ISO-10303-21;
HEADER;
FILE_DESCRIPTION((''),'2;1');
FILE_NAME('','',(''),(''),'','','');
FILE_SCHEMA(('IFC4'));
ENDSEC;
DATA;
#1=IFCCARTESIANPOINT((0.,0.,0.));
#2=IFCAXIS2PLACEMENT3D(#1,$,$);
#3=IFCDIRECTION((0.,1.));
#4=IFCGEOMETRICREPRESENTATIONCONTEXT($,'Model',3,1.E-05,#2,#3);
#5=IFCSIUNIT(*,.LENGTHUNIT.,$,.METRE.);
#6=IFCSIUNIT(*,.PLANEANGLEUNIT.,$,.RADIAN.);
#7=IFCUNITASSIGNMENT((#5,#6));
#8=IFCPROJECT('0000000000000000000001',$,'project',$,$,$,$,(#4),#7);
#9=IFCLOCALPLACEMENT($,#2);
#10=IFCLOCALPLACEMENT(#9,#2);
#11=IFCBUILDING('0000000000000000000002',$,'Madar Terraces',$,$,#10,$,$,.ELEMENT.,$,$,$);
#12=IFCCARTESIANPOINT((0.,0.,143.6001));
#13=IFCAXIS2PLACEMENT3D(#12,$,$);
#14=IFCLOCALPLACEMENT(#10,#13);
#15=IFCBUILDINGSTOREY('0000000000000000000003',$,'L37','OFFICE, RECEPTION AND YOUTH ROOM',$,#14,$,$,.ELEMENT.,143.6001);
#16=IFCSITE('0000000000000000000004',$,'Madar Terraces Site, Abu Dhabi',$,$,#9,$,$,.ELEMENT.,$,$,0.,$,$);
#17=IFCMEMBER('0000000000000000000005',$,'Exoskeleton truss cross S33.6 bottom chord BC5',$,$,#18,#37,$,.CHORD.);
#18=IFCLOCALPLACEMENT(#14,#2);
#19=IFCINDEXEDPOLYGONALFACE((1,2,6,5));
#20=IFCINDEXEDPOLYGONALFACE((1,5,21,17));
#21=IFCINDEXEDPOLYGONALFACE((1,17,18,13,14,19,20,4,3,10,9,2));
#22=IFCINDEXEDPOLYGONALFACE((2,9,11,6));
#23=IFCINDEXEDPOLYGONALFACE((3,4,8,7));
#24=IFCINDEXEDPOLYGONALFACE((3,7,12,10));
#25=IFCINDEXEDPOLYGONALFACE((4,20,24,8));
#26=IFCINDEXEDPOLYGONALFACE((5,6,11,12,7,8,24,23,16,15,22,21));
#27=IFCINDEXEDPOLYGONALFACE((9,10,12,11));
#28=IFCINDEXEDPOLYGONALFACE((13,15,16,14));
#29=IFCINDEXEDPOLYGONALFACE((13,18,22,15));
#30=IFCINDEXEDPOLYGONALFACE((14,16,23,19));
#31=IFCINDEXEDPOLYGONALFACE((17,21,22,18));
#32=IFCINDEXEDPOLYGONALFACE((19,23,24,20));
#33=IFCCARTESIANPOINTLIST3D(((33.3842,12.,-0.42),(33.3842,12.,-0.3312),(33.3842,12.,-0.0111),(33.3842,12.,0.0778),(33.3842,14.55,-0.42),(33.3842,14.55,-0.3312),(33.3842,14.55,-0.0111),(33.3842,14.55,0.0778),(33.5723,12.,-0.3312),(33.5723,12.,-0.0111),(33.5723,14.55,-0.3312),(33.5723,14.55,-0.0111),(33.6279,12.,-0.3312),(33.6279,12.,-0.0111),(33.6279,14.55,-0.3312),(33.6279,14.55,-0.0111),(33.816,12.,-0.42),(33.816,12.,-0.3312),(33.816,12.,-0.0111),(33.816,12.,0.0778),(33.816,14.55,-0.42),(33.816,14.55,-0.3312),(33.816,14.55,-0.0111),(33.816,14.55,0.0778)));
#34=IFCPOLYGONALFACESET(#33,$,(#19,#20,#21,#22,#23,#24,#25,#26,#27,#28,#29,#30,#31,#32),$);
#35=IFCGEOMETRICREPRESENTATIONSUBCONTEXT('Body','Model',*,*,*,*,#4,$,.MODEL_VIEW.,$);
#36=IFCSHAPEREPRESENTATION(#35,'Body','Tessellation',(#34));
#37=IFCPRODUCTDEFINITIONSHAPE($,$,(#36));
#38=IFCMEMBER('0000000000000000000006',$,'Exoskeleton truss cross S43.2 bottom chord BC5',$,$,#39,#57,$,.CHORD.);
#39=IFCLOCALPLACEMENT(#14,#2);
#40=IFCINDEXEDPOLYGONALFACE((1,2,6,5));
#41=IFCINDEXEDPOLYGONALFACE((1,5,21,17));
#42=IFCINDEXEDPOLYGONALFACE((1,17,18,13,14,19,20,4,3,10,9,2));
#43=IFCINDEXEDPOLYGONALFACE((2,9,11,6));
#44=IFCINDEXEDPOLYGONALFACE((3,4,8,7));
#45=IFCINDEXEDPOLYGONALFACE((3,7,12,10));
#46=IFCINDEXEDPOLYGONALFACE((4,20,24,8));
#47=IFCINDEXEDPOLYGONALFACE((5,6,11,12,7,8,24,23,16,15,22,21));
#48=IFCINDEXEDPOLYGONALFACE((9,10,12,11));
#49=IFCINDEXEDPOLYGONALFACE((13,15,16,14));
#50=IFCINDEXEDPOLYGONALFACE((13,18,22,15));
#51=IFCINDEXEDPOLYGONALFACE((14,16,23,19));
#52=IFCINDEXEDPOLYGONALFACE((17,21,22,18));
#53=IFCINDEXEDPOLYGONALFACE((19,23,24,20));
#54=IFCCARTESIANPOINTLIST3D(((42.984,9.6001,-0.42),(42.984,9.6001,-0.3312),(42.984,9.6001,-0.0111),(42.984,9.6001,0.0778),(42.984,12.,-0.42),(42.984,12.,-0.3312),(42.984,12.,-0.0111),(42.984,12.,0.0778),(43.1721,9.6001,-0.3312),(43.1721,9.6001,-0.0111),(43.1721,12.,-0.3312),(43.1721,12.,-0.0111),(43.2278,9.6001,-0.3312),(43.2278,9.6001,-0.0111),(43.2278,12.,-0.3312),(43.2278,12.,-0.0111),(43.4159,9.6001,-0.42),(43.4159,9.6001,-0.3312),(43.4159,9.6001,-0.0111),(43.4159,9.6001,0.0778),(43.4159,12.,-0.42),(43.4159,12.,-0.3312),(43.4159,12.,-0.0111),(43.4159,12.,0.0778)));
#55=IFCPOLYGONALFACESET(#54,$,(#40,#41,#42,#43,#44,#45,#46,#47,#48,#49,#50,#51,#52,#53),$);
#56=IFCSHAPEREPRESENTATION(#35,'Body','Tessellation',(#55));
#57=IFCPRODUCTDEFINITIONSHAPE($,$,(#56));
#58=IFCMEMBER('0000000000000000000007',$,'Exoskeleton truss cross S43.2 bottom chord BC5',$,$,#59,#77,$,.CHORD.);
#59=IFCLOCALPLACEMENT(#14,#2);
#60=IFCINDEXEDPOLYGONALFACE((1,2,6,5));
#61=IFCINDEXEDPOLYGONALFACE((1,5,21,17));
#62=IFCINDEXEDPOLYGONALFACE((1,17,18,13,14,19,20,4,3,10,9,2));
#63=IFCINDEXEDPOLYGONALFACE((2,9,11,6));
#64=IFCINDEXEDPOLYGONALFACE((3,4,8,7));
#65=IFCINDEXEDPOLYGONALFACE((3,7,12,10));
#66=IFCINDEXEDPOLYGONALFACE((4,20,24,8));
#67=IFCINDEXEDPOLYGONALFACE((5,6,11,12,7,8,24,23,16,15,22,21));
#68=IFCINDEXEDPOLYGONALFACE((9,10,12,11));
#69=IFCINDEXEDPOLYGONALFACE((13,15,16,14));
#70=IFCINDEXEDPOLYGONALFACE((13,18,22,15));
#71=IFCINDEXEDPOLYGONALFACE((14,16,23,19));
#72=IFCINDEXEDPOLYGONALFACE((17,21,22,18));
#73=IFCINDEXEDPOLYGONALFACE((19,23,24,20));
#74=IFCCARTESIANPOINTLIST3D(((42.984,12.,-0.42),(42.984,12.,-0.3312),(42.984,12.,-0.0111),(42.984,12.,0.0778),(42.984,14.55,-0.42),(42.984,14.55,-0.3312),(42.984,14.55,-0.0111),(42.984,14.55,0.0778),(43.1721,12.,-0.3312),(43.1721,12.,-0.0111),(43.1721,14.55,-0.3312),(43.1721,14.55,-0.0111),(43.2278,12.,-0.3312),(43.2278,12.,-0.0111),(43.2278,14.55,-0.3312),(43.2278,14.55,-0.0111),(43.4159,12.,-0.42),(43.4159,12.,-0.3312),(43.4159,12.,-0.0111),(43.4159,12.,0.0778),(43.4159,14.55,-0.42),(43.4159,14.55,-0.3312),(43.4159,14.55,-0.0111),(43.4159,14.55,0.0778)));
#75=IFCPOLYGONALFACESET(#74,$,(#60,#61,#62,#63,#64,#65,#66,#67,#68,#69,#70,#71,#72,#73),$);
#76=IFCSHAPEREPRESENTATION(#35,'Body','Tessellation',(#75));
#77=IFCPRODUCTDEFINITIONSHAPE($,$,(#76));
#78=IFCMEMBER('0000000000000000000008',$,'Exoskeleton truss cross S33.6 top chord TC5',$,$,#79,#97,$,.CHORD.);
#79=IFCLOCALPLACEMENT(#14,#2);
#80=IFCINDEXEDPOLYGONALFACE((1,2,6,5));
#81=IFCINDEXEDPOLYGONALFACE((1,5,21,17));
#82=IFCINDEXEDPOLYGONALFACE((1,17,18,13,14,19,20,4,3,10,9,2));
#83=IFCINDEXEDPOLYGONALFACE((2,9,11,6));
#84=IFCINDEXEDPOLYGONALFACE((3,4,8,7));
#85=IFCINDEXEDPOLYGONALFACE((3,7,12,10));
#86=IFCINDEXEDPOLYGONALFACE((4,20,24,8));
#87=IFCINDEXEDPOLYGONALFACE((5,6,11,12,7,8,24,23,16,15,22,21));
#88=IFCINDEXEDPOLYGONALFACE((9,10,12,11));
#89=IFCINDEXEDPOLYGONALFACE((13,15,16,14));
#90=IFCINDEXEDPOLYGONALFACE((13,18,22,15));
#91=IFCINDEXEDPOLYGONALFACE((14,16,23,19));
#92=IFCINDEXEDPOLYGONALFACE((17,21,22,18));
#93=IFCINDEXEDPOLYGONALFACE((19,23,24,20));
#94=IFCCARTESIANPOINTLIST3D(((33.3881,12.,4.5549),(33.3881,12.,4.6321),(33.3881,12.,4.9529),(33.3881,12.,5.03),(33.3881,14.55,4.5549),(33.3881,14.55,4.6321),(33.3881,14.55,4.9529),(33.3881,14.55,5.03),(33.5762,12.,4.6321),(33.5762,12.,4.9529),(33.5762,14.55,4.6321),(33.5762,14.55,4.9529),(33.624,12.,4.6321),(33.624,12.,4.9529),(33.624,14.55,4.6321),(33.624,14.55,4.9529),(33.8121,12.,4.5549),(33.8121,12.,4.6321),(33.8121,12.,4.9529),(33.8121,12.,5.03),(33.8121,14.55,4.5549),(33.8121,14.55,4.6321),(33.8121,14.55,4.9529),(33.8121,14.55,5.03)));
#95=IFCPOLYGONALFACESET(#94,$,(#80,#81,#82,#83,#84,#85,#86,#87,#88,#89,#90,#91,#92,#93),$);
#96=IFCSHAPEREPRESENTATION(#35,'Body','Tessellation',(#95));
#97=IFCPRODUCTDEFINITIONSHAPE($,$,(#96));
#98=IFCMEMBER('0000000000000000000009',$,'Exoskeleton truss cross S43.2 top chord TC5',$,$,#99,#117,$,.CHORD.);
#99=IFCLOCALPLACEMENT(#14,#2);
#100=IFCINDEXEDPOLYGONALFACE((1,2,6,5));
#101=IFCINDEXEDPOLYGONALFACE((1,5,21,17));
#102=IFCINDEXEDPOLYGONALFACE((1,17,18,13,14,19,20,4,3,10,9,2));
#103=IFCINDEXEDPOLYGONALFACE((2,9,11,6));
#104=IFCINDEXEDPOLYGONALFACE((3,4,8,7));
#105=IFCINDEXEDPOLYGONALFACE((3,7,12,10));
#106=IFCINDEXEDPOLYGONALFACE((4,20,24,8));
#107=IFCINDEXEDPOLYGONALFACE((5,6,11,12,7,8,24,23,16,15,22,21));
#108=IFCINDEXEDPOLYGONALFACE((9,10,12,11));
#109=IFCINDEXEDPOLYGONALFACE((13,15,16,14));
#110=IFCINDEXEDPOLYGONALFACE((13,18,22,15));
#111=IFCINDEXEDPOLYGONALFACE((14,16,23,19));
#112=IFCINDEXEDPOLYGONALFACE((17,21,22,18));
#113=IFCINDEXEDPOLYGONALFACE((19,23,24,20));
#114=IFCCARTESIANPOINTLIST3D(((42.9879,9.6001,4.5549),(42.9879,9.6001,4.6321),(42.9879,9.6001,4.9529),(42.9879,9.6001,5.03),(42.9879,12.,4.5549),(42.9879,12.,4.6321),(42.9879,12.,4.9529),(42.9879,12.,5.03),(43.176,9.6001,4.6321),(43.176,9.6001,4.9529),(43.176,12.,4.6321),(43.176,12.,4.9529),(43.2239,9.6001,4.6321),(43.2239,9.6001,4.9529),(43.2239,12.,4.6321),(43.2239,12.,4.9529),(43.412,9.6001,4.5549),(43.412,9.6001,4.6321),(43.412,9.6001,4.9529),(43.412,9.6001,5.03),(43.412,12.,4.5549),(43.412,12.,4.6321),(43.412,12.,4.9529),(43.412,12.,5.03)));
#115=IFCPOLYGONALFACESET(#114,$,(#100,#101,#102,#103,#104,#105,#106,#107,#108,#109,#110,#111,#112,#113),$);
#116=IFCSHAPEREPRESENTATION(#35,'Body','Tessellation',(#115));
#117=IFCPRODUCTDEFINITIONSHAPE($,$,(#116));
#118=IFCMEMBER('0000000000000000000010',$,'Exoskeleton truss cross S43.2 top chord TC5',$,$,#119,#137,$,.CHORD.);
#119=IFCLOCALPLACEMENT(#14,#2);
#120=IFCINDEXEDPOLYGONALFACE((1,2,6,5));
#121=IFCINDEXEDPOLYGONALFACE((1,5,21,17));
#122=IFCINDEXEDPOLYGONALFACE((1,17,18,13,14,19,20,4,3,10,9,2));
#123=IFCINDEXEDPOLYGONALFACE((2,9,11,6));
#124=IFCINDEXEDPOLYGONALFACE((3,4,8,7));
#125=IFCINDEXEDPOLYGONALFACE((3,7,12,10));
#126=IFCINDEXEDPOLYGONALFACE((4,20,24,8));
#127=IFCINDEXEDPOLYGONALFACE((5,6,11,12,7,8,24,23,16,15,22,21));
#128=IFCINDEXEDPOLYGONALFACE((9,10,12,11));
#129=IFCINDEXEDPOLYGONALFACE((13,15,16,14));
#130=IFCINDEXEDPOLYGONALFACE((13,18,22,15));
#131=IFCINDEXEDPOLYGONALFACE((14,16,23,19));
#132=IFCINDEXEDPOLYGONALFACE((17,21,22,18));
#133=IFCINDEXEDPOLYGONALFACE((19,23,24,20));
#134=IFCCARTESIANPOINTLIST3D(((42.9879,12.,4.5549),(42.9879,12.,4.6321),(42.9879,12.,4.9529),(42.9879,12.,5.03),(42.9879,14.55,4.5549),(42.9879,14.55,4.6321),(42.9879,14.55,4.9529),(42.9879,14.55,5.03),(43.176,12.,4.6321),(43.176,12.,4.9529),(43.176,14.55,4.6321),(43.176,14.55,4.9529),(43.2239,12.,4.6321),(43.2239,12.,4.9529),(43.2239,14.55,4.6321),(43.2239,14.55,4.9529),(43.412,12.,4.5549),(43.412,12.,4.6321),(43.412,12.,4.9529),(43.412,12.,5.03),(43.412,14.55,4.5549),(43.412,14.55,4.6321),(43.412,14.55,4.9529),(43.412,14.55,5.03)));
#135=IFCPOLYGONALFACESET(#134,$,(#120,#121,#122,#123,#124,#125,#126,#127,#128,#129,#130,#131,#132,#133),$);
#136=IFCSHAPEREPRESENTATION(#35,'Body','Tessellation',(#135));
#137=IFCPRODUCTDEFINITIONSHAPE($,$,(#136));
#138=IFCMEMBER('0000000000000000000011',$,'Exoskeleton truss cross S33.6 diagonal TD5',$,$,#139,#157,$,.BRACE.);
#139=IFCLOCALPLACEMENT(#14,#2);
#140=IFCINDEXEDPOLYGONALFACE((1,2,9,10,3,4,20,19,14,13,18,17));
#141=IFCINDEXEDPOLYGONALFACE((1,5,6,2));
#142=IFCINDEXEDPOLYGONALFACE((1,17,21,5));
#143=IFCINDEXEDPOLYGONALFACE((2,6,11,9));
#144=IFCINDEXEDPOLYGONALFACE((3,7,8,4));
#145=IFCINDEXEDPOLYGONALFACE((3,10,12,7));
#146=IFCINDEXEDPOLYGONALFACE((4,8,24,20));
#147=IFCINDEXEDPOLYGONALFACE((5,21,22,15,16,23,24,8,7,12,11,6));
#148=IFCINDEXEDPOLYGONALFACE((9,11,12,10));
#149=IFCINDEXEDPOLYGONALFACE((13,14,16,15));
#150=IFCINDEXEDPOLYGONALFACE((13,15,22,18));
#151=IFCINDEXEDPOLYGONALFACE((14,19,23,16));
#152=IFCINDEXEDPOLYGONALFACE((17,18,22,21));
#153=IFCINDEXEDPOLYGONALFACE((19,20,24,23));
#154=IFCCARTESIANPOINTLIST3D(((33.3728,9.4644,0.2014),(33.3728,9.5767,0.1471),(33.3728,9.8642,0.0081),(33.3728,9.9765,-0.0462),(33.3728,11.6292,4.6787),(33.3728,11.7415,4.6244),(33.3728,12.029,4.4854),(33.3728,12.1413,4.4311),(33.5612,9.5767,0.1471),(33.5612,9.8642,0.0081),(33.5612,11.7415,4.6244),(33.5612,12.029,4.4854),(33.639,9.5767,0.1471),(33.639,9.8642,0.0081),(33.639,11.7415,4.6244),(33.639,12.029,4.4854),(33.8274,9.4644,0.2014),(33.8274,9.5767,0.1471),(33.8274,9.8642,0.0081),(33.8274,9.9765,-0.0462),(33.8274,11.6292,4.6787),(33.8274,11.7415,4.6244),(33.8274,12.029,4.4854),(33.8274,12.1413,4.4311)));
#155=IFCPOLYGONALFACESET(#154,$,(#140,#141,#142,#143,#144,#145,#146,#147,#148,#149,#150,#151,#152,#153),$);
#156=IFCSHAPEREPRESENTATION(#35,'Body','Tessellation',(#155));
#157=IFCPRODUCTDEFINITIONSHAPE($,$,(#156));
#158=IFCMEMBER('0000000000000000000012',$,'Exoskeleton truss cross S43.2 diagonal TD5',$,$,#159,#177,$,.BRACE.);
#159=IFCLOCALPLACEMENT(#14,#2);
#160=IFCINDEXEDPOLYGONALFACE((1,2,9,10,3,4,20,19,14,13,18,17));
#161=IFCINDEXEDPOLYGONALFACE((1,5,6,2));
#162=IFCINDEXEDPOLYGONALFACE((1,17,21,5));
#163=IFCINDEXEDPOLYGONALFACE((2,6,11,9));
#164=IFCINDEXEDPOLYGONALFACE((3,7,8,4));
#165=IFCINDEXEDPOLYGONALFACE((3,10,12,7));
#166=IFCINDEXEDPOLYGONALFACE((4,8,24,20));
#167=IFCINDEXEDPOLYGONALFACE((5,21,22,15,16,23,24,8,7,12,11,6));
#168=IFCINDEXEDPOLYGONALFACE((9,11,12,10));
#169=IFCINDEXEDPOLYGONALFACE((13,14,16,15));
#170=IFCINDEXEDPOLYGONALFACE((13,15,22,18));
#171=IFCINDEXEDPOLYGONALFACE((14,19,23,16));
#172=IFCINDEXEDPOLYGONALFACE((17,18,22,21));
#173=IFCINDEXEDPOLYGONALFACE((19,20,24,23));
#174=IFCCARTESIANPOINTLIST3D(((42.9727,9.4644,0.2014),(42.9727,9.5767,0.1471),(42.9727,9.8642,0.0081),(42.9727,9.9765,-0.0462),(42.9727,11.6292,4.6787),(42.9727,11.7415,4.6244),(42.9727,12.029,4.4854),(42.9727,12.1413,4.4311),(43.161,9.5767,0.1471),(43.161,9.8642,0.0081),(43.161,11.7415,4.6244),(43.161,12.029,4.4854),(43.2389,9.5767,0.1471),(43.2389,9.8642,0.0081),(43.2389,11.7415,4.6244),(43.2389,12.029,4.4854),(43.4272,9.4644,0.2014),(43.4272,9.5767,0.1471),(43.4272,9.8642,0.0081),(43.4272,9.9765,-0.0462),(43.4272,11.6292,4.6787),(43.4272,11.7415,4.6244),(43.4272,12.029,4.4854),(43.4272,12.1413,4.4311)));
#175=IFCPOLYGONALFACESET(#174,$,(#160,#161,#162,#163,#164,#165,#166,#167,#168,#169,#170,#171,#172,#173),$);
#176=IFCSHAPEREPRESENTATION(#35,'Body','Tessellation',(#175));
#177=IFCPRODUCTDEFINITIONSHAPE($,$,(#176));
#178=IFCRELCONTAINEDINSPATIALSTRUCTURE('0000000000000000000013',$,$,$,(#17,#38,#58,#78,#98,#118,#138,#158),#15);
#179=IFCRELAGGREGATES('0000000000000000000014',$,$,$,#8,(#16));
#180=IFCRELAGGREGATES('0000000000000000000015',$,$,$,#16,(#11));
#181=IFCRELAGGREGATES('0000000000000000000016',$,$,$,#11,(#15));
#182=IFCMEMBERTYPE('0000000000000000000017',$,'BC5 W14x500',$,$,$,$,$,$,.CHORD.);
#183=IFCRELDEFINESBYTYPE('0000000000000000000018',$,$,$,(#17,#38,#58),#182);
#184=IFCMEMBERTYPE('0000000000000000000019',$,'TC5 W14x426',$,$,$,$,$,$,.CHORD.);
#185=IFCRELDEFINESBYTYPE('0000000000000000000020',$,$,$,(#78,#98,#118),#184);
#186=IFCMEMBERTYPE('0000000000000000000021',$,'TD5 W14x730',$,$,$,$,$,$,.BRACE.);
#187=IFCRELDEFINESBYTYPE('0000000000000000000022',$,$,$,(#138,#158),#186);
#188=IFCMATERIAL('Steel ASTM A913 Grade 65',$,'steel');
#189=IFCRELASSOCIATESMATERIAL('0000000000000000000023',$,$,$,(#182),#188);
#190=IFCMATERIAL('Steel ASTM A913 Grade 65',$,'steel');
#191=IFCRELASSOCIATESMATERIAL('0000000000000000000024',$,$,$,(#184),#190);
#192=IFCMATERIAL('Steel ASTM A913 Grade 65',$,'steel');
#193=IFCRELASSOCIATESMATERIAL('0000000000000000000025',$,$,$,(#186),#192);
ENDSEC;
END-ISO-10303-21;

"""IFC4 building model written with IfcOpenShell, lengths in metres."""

from ifc_helpers import new_model, si_unit, direction, frame, origin, origin_2d, place, context, subcontext, project, spatial, i_section, extrude, material, material_profile, profile_set, type_object, element, save


model = new_model("IFC4")

# Units and contexts
model_context = context("Model", 3, precision=1e-05, world=origin(), true_north=direction((0.0, 1.0)))
body_context = subcontext(model_context, "Body", "Model", "MODEL_VIEW")
ifc_project = project(units=[si_unit("LENGTHUNIT", "METRE"), si_unit("PLANEANGLEUNIT", "RADIAN")], contexts=[model_context])

# Site, building, storey
site_placement = place(None, origin())
site = spatial("IfcSite", under=ifc_project, at=site_placement, Name="Madar Terraces Site, Abu Dhabi", CompositionType="ELEMENT", RefElevation=0.0)
building_placement = place(site_placement, origin())
building = spatial("IfcBuilding", under=site, at=building_placement, Name="Madar Terraces", CompositionType="ELEMENT")
storey_placement = place(building_placement, frame((0.0, 0.0, 143.6001)))
storey = spatial("IfcBuildingStorey", under=building, at=storey_placement, Name="L37", Description="OFFICE, RECEPTION AND YOUTH ROOM", CompositionType="ELEMENT", Elevation=143.6001)

# Members
ifc_material_1 = material(Name="Steel ASTM A913 Grade 65", Category="steel")
ifc_material_profile_1 = material_profile(ifc_material_1, i_section(OverallWidth=0.4319, OverallDepth=0.4978, WebThickness=0.0557, FlangeThickness=0.0889, at=origin_2d()), Name="W14x500")
ifc_profile_set_1 = profile_set([ifc_material_profile_1], Name="Steel ASTM A913 Grade 65")
member_type_1 = type_object("IfcMemberType", Name="BC5 W14x500", PredefinedType="CHORD", material=ifc_profile_set_1)
member_1_placement = place(storey_placement, frame((33.6001, 12.0, -0.1711), z_axis=(0.0, 1.0, 0.0), x_axis=(-1.0, 0.0, 0.0)))
element("IfcMember", 1, at=member_1_placement, inside=storey, type_object=member_type_1, Name="Exoskeleton truss cross S33.6 bottom chord BC5", PredefinedType="CHORD", context=body_context, shape_type="SweptSolid", body=[
    extrude(i_section(OverallWidth=0.4319, OverallDepth=0.4978, WebThickness=0.0557, FlangeThickness=0.0889, at=origin_2d()), origin(), (0.0, 0.0, 1.0), 2.55),
])
member_2_placement = place(storey_placement, frame((43.2, 9.6001, -0.1711), z_axis=(0.0, 1.0, 0.0), x_axis=(-1.0, 0.0, 0.0)))
element("IfcMember", 2, at=member_2_placement, inside=storey, type_object=member_type_1, Name="Exoskeleton truss cross S43.2 bottom chord BC5", PredefinedType="CHORD", context=body_context, shape_type="SweptSolid", body=[
    extrude(i_section(OverallWidth=0.4319, OverallDepth=0.4978, WebThickness=0.0557, FlangeThickness=0.0889, at=origin_2d()), origin(), (0.0, 0.0, 1.0), 2.3999),
])
member_3_placement = place(storey_placement, frame((43.2, 12.0, -0.1711), z_axis=(0.0, 1.0, 0.0), x_axis=(-1.0, 0.0, 0.0)))
element("IfcMember", 3, at=member_3_placement, inside=storey, type_object=member_type_1, Name="Exoskeleton truss cross S43.2 bottom chord BC5", PredefinedType="CHORD", context=body_context, shape_type="SweptSolid", body=[
    extrude(i_section(OverallWidth=0.4319, OverallDepth=0.4978, WebThickness=0.0557, FlangeThickness=0.0889, at=origin_2d()), origin(), (0.0, 0.0, 1.0), 2.55),
])
ifc_material_2 = material(Name="Steel ASTM A913 Grade 65", Category="steel")
ifc_material_profile_2 = material_profile(ifc_material_2, i_section(OverallWidth=0.4241, OverallDepth=0.4751, WebThickness=0.0479, FlangeThickness=0.0771, at=origin_2d()), Name="W14x426")
ifc_profile_set_2 = profile_set([ifc_material_profile_2], Name="Steel ASTM A913 Grade 65")
member_type_2 = type_object("IfcMemberType", Name="TC5 W14x426", PredefinedType="CHORD", material=ifc_profile_set_2)
member_4_placement = place(storey_placement, frame((33.6001, 12.0, 4.7925), z_axis=(0.0, 1.0, 0.0), x_axis=(-1.0, 0.0, 0.0)))
element("IfcMember", 4, at=member_4_placement, inside=storey, type_object=member_type_2, Name="Exoskeleton truss cross S33.6 top chord TC5", PredefinedType="CHORD", context=body_context, shape_type="SweptSolid", body=[
    extrude(i_section(OverallWidth=0.4241, OverallDepth=0.4751, WebThickness=0.0479, FlangeThickness=0.0771, at=origin_2d()), origin(), (0.0, 0.0, 1.0), 2.55),
])
member_5_placement = place(storey_placement, frame((43.2, 9.6001, 4.7925), z_axis=(0.0, 1.0, 0.0), x_axis=(-1.0, 0.0, 0.0)))
element("IfcMember", 5, at=member_5_placement, inside=storey, type_object=member_type_2, Name="Exoskeleton truss cross S43.2 top chord TC5", PredefinedType="CHORD", context=body_context, shape_type="SweptSolid", body=[
    extrude(i_section(OverallWidth=0.4241, OverallDepth=0.4751, WebThickness=0.0479, FlangeThickness=0.0771, at=origin_2d()), origin(), (0.0, 0.0, 1.0), 2.3999),
])
member_6_placement = place(storey_placement, frame((43.2, 12.0, 4.7925), z_axis=(0.0, 1.0, 0.0), x_axis=(-1.0, 0.0, 0.0)))
element("IfcMember", 6, at=member_6_placement, inside=storey, type_object=member_type_2, Name="Exoskeleton truss cross S43.2 top chord TC5", PredefinedType="CHORD", context=body_context, shape_type="SweptSolid", body=[
    extrude(i_section(OverallWidth=0.4241, OverallDepth=0.4751, WebThickness=0.0479, FlangeThickness=0.0771, at=origin_2d()), origin(), (0.0, 0.0, 1.0), 2.55),
])
ifc_material_3 = material(Name="Steel ASTM A913 Grade 65", Category="steel")
ifc_material_profile_3 = material_profile(ifc_material_3, i_section(OverallWidth=0.4546, OverallDepth=0.5688, WebThickness=0.0779, FlangeThickness=0.1248, at=origin_2d()), Name="W14x730")
ifc_profile_set_3 = profile_set([ifc_material_profile_3], Name="Steel ASTM A913 Grade 65")
member_type_3 = type_object("IfcMemberType", Name="TD5 W14x730", PredefinedType="BRACE", material=ifc_profile_set_3)
for number, where, z_axis, x_axis, name in (
    (7, (33.6001, 9.7205, 0.0776), (0.0, 0.435294, 0.900288), (-1.0, 0.0, 0.0), "Exoskeleton truss cross S33.6 diagonal TD5"),
    (8, (43.2, 9.7205, 0.0776), (0.0, 0.435294, 0.900288), (-1.0, 0.0, 0.0), "Exoskeleton truss cross S43.2 diagonal TD5"),
):
    element("IfcMember", number, at=place(storey_placement, frame(where, z_axis=z_axis, x_axis=x_axis)), inside=storey, type_object=member_type_3, Name=name, PredefinedType="BRACE", context=body_context, shape_type="SweptSolid", body=[
        extrude(i_section(OverallWidth=0.4546, OverallDepth=0.5688, WebThickness=0.0779, FlangeThickness=0.1248, at=origin_2d()), origin(), (0.0, 0.0, 1.0), 4.9731),
    ])

save(model, "model.ifc")
